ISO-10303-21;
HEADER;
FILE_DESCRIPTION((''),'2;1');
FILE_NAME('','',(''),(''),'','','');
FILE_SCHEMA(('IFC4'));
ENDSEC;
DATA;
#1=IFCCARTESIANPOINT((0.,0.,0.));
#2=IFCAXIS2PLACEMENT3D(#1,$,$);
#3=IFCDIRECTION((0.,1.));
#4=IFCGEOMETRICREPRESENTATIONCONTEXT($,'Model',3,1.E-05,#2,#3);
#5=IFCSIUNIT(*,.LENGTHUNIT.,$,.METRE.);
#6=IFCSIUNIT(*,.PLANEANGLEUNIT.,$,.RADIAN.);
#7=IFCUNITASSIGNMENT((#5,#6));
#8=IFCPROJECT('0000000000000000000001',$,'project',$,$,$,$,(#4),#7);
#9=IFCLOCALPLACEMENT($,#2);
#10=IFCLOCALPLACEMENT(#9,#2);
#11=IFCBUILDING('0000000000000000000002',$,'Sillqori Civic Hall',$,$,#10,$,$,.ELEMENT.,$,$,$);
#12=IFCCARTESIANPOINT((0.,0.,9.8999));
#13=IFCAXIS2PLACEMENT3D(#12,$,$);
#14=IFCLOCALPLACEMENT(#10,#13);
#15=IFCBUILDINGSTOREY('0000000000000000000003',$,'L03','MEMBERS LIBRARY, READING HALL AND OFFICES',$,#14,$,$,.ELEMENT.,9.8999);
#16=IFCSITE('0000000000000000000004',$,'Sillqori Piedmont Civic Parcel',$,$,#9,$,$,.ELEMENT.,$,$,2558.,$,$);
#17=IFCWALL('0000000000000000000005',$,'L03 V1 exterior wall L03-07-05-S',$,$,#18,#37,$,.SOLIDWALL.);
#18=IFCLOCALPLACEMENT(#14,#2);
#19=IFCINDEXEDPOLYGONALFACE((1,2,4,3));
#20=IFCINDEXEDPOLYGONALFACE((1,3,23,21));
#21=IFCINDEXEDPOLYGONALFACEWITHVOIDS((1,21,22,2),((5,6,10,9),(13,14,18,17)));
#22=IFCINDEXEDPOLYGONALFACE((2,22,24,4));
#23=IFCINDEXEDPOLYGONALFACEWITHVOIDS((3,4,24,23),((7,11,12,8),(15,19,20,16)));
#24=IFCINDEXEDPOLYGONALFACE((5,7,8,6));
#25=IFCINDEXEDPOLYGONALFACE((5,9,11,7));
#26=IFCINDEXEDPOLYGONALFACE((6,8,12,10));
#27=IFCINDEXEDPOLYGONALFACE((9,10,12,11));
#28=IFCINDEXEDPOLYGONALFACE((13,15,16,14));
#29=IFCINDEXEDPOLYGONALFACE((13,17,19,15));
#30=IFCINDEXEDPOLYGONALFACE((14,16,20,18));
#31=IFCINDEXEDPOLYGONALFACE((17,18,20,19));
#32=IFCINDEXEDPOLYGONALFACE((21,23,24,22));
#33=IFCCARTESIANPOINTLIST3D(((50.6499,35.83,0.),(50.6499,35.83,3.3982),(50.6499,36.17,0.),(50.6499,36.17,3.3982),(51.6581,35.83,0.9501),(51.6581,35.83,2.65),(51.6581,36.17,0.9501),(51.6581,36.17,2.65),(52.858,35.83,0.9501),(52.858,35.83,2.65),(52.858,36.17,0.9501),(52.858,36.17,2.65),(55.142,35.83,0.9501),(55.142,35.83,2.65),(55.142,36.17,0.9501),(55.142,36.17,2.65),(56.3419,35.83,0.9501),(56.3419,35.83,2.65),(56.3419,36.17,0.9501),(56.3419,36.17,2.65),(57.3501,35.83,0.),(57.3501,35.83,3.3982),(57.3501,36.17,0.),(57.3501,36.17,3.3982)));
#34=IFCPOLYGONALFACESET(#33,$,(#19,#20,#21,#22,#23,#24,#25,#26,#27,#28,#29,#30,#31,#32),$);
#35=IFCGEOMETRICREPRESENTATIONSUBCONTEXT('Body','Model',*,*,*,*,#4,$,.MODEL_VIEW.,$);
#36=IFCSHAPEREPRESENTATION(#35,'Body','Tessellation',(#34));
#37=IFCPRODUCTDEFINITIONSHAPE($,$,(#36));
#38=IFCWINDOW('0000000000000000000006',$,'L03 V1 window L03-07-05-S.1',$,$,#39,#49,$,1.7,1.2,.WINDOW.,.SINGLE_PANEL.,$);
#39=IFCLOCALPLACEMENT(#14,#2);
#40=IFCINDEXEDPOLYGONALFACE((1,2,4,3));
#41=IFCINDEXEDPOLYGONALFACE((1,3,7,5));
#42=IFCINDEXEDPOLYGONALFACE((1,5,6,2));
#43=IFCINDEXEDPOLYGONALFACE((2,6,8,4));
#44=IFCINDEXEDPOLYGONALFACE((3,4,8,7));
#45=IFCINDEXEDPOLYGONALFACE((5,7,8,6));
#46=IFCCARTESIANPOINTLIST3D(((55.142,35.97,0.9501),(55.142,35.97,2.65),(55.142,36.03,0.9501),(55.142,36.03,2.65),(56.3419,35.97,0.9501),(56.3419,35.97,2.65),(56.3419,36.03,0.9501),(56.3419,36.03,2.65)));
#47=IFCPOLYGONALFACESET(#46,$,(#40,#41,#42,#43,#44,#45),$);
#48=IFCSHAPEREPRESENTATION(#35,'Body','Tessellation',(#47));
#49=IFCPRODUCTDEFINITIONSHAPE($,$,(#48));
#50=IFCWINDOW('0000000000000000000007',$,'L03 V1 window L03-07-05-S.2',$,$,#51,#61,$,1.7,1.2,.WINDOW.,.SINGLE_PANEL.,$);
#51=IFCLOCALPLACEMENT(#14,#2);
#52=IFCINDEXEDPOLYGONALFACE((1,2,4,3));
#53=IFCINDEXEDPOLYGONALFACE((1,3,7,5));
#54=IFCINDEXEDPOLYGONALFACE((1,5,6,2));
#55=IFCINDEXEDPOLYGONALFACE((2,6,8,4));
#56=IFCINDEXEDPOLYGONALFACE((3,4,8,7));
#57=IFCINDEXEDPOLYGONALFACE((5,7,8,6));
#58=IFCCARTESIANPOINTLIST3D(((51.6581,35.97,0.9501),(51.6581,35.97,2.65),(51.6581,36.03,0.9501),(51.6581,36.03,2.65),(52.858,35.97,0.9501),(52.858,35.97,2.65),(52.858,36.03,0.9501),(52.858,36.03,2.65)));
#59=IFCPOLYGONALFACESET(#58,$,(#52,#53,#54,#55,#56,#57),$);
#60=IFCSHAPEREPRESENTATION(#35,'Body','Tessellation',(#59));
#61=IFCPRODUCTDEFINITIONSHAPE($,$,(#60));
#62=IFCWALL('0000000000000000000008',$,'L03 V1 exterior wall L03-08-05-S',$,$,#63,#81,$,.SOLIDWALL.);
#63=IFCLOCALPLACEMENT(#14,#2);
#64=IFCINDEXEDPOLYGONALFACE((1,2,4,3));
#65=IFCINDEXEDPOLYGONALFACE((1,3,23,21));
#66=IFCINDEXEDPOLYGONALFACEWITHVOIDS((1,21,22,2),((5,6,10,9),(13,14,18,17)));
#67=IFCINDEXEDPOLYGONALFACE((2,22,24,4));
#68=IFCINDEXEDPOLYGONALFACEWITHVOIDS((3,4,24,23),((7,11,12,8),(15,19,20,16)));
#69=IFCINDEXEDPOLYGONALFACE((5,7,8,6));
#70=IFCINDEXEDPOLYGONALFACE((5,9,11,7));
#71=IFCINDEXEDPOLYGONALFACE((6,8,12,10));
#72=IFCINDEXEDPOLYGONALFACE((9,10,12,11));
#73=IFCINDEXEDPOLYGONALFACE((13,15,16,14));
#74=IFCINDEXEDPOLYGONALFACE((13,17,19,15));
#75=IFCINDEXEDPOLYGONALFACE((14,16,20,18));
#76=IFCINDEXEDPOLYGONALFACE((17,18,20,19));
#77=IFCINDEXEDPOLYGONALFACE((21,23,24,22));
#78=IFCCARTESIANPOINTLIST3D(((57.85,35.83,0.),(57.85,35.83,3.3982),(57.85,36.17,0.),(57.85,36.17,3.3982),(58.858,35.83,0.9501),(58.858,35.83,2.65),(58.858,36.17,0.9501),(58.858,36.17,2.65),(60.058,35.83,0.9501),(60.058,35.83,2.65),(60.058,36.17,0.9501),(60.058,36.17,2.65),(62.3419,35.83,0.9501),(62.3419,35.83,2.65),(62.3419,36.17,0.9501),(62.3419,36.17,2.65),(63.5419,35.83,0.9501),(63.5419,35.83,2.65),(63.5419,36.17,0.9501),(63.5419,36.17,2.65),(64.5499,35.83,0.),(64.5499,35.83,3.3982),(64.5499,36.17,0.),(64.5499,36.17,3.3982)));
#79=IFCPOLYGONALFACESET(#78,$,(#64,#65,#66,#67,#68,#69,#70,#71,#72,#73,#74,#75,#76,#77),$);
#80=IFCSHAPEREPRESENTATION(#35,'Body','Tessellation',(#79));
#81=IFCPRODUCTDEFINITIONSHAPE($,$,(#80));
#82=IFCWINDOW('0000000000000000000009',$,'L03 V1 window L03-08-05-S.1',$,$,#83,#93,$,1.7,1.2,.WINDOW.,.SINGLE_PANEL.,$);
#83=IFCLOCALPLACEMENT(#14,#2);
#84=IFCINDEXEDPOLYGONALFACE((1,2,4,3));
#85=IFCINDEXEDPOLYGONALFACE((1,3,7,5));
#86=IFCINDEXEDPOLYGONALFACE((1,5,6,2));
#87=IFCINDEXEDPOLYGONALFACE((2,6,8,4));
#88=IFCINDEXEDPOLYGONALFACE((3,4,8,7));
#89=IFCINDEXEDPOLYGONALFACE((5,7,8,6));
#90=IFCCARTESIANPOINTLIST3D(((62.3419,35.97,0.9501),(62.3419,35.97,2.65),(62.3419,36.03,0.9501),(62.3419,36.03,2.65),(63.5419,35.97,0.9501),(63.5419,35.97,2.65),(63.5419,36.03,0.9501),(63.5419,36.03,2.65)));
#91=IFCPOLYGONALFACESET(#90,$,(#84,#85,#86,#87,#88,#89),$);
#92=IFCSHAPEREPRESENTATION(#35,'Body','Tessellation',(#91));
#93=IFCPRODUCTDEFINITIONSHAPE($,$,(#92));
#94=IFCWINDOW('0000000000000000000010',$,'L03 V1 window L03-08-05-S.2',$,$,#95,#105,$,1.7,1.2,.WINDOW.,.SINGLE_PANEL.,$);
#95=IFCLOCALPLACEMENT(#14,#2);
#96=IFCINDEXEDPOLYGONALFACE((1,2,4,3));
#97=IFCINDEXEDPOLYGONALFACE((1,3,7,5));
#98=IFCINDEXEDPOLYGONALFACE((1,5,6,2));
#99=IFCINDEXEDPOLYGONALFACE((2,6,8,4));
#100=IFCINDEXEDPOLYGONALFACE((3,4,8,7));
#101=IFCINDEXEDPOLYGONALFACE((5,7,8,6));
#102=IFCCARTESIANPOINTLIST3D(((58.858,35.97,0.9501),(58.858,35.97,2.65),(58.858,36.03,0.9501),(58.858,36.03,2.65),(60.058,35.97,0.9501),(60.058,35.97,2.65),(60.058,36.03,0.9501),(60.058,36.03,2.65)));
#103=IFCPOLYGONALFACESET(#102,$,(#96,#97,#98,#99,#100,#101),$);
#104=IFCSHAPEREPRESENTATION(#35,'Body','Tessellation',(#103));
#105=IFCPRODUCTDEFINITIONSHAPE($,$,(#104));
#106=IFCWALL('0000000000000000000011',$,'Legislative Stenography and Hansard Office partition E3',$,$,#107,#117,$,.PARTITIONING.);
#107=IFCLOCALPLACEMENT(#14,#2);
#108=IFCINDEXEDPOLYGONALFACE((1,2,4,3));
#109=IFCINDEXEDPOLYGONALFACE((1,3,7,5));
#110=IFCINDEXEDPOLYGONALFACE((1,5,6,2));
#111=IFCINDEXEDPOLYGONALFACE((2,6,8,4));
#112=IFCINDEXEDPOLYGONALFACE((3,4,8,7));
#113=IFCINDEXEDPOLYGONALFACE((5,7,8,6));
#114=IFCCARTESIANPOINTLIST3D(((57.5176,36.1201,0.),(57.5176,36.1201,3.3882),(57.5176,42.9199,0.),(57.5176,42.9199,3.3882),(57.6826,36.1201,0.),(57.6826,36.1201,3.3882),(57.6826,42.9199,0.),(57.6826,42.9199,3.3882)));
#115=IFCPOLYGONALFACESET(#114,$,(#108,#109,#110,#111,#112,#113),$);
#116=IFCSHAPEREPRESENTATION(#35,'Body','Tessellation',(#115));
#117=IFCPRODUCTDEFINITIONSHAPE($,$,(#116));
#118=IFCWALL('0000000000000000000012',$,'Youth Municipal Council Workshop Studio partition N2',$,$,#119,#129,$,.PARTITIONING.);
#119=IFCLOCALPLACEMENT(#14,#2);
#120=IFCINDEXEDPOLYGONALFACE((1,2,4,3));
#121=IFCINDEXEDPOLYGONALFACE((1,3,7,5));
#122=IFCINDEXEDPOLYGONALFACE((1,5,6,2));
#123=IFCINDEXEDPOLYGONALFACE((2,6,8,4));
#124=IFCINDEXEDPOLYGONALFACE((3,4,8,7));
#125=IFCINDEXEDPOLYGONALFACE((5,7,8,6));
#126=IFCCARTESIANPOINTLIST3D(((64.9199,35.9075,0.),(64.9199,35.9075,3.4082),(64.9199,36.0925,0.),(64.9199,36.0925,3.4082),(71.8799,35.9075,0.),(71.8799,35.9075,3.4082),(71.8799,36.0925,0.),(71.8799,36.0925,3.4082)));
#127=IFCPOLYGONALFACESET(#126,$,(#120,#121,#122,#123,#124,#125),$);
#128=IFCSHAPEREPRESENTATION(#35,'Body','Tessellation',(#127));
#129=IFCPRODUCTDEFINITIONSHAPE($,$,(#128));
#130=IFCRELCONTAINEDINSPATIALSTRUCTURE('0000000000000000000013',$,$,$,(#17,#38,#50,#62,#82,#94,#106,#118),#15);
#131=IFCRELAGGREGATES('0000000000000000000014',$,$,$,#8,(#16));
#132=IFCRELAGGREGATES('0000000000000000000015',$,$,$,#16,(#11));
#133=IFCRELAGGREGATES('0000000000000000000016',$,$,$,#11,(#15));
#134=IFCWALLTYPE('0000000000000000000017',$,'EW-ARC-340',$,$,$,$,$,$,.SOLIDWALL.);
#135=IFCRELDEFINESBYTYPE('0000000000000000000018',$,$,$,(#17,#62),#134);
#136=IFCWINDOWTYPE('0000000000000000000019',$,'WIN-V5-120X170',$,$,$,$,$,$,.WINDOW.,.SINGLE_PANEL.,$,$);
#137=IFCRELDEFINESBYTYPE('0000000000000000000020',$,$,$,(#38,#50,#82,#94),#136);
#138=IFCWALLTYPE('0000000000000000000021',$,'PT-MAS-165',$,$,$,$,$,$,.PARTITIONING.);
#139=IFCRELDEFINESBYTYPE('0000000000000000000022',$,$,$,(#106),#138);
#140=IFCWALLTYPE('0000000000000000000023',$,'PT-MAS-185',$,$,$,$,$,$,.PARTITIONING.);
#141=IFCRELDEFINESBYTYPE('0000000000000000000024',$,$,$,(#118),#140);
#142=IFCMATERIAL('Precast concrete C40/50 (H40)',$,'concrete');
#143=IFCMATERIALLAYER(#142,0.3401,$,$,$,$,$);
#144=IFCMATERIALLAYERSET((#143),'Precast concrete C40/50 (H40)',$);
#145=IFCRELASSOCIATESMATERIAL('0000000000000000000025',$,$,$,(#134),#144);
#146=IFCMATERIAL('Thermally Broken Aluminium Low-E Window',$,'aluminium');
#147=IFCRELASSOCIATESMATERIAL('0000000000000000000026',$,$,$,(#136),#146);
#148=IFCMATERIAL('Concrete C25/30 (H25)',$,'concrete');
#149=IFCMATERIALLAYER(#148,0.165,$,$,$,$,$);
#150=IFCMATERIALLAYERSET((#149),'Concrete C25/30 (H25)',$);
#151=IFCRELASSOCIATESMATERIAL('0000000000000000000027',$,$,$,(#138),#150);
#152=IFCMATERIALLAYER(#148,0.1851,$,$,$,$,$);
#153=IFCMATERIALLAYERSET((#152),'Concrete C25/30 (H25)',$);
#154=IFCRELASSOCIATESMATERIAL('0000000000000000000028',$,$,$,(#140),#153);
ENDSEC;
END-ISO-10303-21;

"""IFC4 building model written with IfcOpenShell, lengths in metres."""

from ifc_helpers import new_model, si_unit, direction, frame, frame_2d, origin, place, context, subcontext, project, spatial, rectangle, extrude, material, layer, layer_set, type_object, element, fill, save


model = new_model("IFC4")

# Units and contexts
model_context = context("Model", 3, precision=1e-05, world=origin(), true_north=direction((0.0, 1.0)))
body_context = subcontext(model_context, "Body", "Model", "MODEL_VIEW")
ifc_project = project(units=[si_unit("LENGTHUNIT", "METRE"), si_unit("PLANEANGLEUNIT", "RADIAN")], contexts=[model_context])

# Site, building, storey
site_placement = place(None, origin())
site = spatial("IfcSite", under=ifc_project, at=site_placement, Name="Sillqori Piedmont Civic Parcel", CompositionType="ELEMENT", RefElevation=2558.0)
building_placement = place(site_placement, origin())
building = spatial("IfcBuilding", under=site, at=building_placement, Name="Sillqori Civic Hall", CompositionType="ELEMENT")
storey_placement = place(building_placement, frame((0.0, 0.0, 9.8999)))
storey = spatial("IfcBuildingStorey", under=building, at=storey_placement, Name="L03", Description="MEMBERS LIBRARY, READING HALL AND OFFICES", CompositionType="ELEMENT", Elevation=9.8999)

# Walls, openings, windows
ifc_material_1 = material(Name="Precast concrete C40/50 (H40)", Category="concrete")
ifc_layer_1 = layer(ifc_material_1, 0.3401)
ifc_layer_set_1 = layer_set([ifc_layer_1], Name="Precast concrete C40/50 (H40)")
wall_type_1 = type_object("IfcWallType", Name="EW-ARC-340", PredefinedType="SOLIDWALL", material=ifc_layer_set_1)
wall_1_placement = place(storey_placement, frame((57.3501, 36.0, 0.0), z_axis=(0.0, 0.0, 1.0), x_axis=(-1.0, 0.0, 0.0)))
wall_1 = element("IfcWall", 1, at=wall_1_placement, inside=storey, type_object=wall_type_1, Name="L03 V1 exterior wall L03-07-05-S", PredefinedType="SOLIDWALL", context=body_context, shape_type="SweptSolid", body=[
    extrude(rectangle(XDim=6.7002, YDim=0.3401, at=frame_2d((3.3501, 0.0))), origin(), (0.0, 0.0, 1.0), 3.3982),
])
opening_1_placement = place(wall_1_placement, frame((1.0081, 0.0, 0.95)))
opening_1 = element("IfcOpeningElement", 2, at=opening_1_placement, cuts=wall_1, PredefinedType="OPENING", context=body_context, shape_type="SweptSolid", body=[
    extrude(rectangle(XDim=1.2, YDim=1.7, at=frame_2d((0.6001, 0.8501))), frame((0.0, 0.1799, 0.0), z_axis=(0.0, -1.0, 0.0), x_axis=(1.0, 0.0, 0.0)), (0.0, 0.0, 1.0), 0.3601),
])
opening_2_placement = place(wall_1_placement, frame((4.4919, 0.0, 0.95)))
opening_2 = element("IfcOpeningElement", 3, at=opening_2_placement, cuts=wall_1, PredefinedType="OPENING", context=body_context, shape_type="SweptSolid", body=[
    extrude(rectangle(XDim=1.2, YDim=1.7, at=frame_2d((0.6001, 0.8501))), frame((0.0, 0.1799, 0.0), z_axis=(0.0, -1.0, 0.0), x_axis=(1.0, 0.0, 0.0)), (0.0, 0.0, 1.0), 0.3601),
])
ifc_material_2 = material(Name="Thermally Broken Aluminium Low-E Window", Category="aluminium")
window_type_1 = type_object("IfcWindowType", Name="WIN-V5-120X170", PartitioningType="SINGLE_PANEL", PredefinedType="WINDOW", material=ifc_material_2)
window_1_placement = place(opening_1_placement, origin())
window_1 = element("IfcWindow", 4, at=window_1_placement, inside=storey, type_object=window_type_1, Name="L03 V1 window L03-07-05-S.1", OverallHeight=1.7, OverallWidth=1.2, PartitioningType="SINGLE_PANEL", PredefinedType="WINDOW", context=body_context, shape_type="SweptSolid", body=[
    extrude(rectangle(XDim=1.2, YDim=1.7, at=frame_2d((0.6001, 0.8501))), frame((0.0, 0.03, 0.0), z_axis=(0.0, -1.0, 0.0), x_axis=(1.0, 0.0, 0.0)), (0.0, 0.0, 1.0), 0.0601),
])
fill(opening_1, window_1)
window_2_placement = place(opening_2_placement, origin())
window_2 = element("IfcWindow", 5, at=window_2_placement, inside=storey, type_object=window_type_1, Name="L03 V1 window L03-07-05-S.2", OverallHeight=1.7, OverallWidth=1.2, PartitioningType="SINGLE_PANEL", PredefinedType="WINDOW", context=body_context, shape_type="SweptSolid", body=[
    extrude(rectangle(XDim=1.2, YDim=1.7, at=frame_2d((0.6001, 0.8501))), frame((0.0, 0.03, 0.0), z_axis=(0.0, -1.0, 0.0), x_axis=(1.0, 0.0, 0.0)), (0.0, 0.0, 1.0), 0.0601),
])
fill(opening_2, window_2)
wall_2_placement = place(storey_placement, frame((64.55, 36.0, 0.0), z_axis=(0.0, 0.0, 1.0), x_axis=(-1.0, 0.0, 0.0)))
wall_2 = element("IfcWall", 6, at=wall_2_placement, inside=storey, type_object=wall_type_1, Name="L03 V1 exterior wall L03-08-05-S", PredefinedType="SOLIDWALL", context=body_context, shape_type="SweptSolid", body=[
    extrude(rectangle(XDim=6.7, YDim=0.3401, at=frame_2d((3.3501, 0.0))), origin(), (0.0, 0.0, 1.0), 3.3982),
])
opening_3_placement = place(wall_2_placement, frame((1.0081, 0.0, 0.95)))
opening_3 = element("IfcOpeningElement", 7, at=opening_3_placement, cuts=wall_2, PredefinedType="OPENING", context=body_context, shape_type="SweptSolid", body=[
    extrude(rectangle(XDim=1.2, YDim=1.7, at=frame_2d((0.6001, 0.8501))), frame((0.0, 0.1799, 0.0), z_axis=(0.0, -1.0, 0.0), x_axis=(1.0, 0.0, 0.0)), (0.0, 0.0, 1.0), 0.3601),
])
opening_4_placement = place(wall_2_placement, frame((4.4919, 0.0, 0.95)))
opening_4 = element("IfcOpeningElement", 8, at=opening_4_placement, cuts=wall_2, PredefinedType="OPENING", context=body_context, shape_type="SweptSolid", body=[
    extrude(rectangle(XDim=1.2, YDim=1.7, at=frame_2d((0.6001, 0.8501))), frame((0.0, 0.1799, 0.0), z_axis=(0.0, -1.0, 0.0), x_axis=(1.0, 0.0, 0.0)), (0.0, 0.0, 1.0), 0.3601),
])
window_3_placement = place(opening_3_placement, origin())
window_3 = element("IfcWindow", 9, at=window_3_placement, inside=storey, type_object=window_type_1, Name="L03 V1 window L03-08-05-S.1", OverallHeight=1.7, OverallWidth=1.2, PartitioningType="SINGLE_PANEL", PredefinedType="WINDOW", context=body_context, shape_type="SweptSolid", body=[
    extrude(rectangle(XDim=1.2, YDim=1.7, at=frame_2d((0.6001, 0.8501))), frame((0.0, 0.03, 0.0), z_axis=(0.0, -1.0, 0.0), x_axis=(1.0, 0.0, 0.0)), (0.0, 0.0, 1.0), 0.0601),
])
fill(opening_3, window_3)
window_4_placement = place(opening_4_placement, origin())
window_4 = element("IfcWindow", 10, at=window_4_placement, inside=storey, type_object=window_type_1, Name="L03 V1 window L03-08-05-S.2", OverallHeight=1.7, OverallWidth=1.2, PartitioningType="SINGLE_PANEL", PredefinedType="WINDOW", context=body_context, shape_type="SweptSolid", body=[
    extrude(rectangle(XDim=1.2, YDim=1.7, at=frame_2d((0.6001, 0.8501))), frame((0.0, 0.03, 0.0), z_axis=(0.0, -1.0, 0.0), x_axis=(1.0, 0.0, 0.0)), (0.0, 0.0, 1.0), 0.0601),
])
fill(opening_4, window_4)

# Walls
ifc_material_3 = material(Name="Concrete C25/30 (H25)", Category="concrete")
ifc_layer_2 = layer(ifc_material_3, 0.165)
ifc_layer_set_2 = layer_set([ifc_layer_2], Name="Concrete C25/30 (H25)")
wall_type_2 = type_object("IfcWallType", Name="PT-MAS-165", PredefinedType="PARTITIONING", material=ifc_layer_set_2)
wall_3_placement = place(storey_placement, frame((57.6001, 42.9199, 0.0), z_axis=(0.0, 0.0, 1.0), x_axis=(0.0, -1.0, 0.0)))
element("IfcWall", 11, at=wall_3_placement, inside=storey, type_object=wall_type_2, Name="Legislative Stenography and Hansard Office partition E3", PredefinedType="PARTITIONING", context=body_context, shape_type="SweptSolid", body=[
    extrude(rectangle(XDim=6.7998, YDim=0.165, at=frame_2d((3.3999, 0.0))), origin(), (0.0, 0.0, 1.0), 3.3882),
])
ifc_layer_3 = layer(ifc_material_3, 0.1851)
ifc_layer_set_3 = layer_set([ifc_layer_3], Name="Concrete C25/30 (H25)")
wall_type_3 = type_object("IfcWallType", Name="PT-MAS-185", PredefinedType="PARTITIONING", material=ifc_layer_set_3)
wall_4_placement = place(storey_placement, frame((64.9199, 36.0, 0.0), z_axis=(0.0, 0.0, 1.0), x_axis=(1.0, 0.0, 0.0)))
element("IfcWall", 12, at=wall_4_placement, inside=storey, type_object=wall_type_3, Name="Youth Municipal Council Workshop Studio partition N2", PredefinedType="PARTITIONING", context=body_context, shape_type="SweptSolid", body=[
    extrude(rectangle(XDim=6.96, YDim=0.1851, at=frame_2d((3.48, 0.0))), origin(), (0.0, 0.0, 1.0), 3.4082),
])

save(model, "model.ifc")
